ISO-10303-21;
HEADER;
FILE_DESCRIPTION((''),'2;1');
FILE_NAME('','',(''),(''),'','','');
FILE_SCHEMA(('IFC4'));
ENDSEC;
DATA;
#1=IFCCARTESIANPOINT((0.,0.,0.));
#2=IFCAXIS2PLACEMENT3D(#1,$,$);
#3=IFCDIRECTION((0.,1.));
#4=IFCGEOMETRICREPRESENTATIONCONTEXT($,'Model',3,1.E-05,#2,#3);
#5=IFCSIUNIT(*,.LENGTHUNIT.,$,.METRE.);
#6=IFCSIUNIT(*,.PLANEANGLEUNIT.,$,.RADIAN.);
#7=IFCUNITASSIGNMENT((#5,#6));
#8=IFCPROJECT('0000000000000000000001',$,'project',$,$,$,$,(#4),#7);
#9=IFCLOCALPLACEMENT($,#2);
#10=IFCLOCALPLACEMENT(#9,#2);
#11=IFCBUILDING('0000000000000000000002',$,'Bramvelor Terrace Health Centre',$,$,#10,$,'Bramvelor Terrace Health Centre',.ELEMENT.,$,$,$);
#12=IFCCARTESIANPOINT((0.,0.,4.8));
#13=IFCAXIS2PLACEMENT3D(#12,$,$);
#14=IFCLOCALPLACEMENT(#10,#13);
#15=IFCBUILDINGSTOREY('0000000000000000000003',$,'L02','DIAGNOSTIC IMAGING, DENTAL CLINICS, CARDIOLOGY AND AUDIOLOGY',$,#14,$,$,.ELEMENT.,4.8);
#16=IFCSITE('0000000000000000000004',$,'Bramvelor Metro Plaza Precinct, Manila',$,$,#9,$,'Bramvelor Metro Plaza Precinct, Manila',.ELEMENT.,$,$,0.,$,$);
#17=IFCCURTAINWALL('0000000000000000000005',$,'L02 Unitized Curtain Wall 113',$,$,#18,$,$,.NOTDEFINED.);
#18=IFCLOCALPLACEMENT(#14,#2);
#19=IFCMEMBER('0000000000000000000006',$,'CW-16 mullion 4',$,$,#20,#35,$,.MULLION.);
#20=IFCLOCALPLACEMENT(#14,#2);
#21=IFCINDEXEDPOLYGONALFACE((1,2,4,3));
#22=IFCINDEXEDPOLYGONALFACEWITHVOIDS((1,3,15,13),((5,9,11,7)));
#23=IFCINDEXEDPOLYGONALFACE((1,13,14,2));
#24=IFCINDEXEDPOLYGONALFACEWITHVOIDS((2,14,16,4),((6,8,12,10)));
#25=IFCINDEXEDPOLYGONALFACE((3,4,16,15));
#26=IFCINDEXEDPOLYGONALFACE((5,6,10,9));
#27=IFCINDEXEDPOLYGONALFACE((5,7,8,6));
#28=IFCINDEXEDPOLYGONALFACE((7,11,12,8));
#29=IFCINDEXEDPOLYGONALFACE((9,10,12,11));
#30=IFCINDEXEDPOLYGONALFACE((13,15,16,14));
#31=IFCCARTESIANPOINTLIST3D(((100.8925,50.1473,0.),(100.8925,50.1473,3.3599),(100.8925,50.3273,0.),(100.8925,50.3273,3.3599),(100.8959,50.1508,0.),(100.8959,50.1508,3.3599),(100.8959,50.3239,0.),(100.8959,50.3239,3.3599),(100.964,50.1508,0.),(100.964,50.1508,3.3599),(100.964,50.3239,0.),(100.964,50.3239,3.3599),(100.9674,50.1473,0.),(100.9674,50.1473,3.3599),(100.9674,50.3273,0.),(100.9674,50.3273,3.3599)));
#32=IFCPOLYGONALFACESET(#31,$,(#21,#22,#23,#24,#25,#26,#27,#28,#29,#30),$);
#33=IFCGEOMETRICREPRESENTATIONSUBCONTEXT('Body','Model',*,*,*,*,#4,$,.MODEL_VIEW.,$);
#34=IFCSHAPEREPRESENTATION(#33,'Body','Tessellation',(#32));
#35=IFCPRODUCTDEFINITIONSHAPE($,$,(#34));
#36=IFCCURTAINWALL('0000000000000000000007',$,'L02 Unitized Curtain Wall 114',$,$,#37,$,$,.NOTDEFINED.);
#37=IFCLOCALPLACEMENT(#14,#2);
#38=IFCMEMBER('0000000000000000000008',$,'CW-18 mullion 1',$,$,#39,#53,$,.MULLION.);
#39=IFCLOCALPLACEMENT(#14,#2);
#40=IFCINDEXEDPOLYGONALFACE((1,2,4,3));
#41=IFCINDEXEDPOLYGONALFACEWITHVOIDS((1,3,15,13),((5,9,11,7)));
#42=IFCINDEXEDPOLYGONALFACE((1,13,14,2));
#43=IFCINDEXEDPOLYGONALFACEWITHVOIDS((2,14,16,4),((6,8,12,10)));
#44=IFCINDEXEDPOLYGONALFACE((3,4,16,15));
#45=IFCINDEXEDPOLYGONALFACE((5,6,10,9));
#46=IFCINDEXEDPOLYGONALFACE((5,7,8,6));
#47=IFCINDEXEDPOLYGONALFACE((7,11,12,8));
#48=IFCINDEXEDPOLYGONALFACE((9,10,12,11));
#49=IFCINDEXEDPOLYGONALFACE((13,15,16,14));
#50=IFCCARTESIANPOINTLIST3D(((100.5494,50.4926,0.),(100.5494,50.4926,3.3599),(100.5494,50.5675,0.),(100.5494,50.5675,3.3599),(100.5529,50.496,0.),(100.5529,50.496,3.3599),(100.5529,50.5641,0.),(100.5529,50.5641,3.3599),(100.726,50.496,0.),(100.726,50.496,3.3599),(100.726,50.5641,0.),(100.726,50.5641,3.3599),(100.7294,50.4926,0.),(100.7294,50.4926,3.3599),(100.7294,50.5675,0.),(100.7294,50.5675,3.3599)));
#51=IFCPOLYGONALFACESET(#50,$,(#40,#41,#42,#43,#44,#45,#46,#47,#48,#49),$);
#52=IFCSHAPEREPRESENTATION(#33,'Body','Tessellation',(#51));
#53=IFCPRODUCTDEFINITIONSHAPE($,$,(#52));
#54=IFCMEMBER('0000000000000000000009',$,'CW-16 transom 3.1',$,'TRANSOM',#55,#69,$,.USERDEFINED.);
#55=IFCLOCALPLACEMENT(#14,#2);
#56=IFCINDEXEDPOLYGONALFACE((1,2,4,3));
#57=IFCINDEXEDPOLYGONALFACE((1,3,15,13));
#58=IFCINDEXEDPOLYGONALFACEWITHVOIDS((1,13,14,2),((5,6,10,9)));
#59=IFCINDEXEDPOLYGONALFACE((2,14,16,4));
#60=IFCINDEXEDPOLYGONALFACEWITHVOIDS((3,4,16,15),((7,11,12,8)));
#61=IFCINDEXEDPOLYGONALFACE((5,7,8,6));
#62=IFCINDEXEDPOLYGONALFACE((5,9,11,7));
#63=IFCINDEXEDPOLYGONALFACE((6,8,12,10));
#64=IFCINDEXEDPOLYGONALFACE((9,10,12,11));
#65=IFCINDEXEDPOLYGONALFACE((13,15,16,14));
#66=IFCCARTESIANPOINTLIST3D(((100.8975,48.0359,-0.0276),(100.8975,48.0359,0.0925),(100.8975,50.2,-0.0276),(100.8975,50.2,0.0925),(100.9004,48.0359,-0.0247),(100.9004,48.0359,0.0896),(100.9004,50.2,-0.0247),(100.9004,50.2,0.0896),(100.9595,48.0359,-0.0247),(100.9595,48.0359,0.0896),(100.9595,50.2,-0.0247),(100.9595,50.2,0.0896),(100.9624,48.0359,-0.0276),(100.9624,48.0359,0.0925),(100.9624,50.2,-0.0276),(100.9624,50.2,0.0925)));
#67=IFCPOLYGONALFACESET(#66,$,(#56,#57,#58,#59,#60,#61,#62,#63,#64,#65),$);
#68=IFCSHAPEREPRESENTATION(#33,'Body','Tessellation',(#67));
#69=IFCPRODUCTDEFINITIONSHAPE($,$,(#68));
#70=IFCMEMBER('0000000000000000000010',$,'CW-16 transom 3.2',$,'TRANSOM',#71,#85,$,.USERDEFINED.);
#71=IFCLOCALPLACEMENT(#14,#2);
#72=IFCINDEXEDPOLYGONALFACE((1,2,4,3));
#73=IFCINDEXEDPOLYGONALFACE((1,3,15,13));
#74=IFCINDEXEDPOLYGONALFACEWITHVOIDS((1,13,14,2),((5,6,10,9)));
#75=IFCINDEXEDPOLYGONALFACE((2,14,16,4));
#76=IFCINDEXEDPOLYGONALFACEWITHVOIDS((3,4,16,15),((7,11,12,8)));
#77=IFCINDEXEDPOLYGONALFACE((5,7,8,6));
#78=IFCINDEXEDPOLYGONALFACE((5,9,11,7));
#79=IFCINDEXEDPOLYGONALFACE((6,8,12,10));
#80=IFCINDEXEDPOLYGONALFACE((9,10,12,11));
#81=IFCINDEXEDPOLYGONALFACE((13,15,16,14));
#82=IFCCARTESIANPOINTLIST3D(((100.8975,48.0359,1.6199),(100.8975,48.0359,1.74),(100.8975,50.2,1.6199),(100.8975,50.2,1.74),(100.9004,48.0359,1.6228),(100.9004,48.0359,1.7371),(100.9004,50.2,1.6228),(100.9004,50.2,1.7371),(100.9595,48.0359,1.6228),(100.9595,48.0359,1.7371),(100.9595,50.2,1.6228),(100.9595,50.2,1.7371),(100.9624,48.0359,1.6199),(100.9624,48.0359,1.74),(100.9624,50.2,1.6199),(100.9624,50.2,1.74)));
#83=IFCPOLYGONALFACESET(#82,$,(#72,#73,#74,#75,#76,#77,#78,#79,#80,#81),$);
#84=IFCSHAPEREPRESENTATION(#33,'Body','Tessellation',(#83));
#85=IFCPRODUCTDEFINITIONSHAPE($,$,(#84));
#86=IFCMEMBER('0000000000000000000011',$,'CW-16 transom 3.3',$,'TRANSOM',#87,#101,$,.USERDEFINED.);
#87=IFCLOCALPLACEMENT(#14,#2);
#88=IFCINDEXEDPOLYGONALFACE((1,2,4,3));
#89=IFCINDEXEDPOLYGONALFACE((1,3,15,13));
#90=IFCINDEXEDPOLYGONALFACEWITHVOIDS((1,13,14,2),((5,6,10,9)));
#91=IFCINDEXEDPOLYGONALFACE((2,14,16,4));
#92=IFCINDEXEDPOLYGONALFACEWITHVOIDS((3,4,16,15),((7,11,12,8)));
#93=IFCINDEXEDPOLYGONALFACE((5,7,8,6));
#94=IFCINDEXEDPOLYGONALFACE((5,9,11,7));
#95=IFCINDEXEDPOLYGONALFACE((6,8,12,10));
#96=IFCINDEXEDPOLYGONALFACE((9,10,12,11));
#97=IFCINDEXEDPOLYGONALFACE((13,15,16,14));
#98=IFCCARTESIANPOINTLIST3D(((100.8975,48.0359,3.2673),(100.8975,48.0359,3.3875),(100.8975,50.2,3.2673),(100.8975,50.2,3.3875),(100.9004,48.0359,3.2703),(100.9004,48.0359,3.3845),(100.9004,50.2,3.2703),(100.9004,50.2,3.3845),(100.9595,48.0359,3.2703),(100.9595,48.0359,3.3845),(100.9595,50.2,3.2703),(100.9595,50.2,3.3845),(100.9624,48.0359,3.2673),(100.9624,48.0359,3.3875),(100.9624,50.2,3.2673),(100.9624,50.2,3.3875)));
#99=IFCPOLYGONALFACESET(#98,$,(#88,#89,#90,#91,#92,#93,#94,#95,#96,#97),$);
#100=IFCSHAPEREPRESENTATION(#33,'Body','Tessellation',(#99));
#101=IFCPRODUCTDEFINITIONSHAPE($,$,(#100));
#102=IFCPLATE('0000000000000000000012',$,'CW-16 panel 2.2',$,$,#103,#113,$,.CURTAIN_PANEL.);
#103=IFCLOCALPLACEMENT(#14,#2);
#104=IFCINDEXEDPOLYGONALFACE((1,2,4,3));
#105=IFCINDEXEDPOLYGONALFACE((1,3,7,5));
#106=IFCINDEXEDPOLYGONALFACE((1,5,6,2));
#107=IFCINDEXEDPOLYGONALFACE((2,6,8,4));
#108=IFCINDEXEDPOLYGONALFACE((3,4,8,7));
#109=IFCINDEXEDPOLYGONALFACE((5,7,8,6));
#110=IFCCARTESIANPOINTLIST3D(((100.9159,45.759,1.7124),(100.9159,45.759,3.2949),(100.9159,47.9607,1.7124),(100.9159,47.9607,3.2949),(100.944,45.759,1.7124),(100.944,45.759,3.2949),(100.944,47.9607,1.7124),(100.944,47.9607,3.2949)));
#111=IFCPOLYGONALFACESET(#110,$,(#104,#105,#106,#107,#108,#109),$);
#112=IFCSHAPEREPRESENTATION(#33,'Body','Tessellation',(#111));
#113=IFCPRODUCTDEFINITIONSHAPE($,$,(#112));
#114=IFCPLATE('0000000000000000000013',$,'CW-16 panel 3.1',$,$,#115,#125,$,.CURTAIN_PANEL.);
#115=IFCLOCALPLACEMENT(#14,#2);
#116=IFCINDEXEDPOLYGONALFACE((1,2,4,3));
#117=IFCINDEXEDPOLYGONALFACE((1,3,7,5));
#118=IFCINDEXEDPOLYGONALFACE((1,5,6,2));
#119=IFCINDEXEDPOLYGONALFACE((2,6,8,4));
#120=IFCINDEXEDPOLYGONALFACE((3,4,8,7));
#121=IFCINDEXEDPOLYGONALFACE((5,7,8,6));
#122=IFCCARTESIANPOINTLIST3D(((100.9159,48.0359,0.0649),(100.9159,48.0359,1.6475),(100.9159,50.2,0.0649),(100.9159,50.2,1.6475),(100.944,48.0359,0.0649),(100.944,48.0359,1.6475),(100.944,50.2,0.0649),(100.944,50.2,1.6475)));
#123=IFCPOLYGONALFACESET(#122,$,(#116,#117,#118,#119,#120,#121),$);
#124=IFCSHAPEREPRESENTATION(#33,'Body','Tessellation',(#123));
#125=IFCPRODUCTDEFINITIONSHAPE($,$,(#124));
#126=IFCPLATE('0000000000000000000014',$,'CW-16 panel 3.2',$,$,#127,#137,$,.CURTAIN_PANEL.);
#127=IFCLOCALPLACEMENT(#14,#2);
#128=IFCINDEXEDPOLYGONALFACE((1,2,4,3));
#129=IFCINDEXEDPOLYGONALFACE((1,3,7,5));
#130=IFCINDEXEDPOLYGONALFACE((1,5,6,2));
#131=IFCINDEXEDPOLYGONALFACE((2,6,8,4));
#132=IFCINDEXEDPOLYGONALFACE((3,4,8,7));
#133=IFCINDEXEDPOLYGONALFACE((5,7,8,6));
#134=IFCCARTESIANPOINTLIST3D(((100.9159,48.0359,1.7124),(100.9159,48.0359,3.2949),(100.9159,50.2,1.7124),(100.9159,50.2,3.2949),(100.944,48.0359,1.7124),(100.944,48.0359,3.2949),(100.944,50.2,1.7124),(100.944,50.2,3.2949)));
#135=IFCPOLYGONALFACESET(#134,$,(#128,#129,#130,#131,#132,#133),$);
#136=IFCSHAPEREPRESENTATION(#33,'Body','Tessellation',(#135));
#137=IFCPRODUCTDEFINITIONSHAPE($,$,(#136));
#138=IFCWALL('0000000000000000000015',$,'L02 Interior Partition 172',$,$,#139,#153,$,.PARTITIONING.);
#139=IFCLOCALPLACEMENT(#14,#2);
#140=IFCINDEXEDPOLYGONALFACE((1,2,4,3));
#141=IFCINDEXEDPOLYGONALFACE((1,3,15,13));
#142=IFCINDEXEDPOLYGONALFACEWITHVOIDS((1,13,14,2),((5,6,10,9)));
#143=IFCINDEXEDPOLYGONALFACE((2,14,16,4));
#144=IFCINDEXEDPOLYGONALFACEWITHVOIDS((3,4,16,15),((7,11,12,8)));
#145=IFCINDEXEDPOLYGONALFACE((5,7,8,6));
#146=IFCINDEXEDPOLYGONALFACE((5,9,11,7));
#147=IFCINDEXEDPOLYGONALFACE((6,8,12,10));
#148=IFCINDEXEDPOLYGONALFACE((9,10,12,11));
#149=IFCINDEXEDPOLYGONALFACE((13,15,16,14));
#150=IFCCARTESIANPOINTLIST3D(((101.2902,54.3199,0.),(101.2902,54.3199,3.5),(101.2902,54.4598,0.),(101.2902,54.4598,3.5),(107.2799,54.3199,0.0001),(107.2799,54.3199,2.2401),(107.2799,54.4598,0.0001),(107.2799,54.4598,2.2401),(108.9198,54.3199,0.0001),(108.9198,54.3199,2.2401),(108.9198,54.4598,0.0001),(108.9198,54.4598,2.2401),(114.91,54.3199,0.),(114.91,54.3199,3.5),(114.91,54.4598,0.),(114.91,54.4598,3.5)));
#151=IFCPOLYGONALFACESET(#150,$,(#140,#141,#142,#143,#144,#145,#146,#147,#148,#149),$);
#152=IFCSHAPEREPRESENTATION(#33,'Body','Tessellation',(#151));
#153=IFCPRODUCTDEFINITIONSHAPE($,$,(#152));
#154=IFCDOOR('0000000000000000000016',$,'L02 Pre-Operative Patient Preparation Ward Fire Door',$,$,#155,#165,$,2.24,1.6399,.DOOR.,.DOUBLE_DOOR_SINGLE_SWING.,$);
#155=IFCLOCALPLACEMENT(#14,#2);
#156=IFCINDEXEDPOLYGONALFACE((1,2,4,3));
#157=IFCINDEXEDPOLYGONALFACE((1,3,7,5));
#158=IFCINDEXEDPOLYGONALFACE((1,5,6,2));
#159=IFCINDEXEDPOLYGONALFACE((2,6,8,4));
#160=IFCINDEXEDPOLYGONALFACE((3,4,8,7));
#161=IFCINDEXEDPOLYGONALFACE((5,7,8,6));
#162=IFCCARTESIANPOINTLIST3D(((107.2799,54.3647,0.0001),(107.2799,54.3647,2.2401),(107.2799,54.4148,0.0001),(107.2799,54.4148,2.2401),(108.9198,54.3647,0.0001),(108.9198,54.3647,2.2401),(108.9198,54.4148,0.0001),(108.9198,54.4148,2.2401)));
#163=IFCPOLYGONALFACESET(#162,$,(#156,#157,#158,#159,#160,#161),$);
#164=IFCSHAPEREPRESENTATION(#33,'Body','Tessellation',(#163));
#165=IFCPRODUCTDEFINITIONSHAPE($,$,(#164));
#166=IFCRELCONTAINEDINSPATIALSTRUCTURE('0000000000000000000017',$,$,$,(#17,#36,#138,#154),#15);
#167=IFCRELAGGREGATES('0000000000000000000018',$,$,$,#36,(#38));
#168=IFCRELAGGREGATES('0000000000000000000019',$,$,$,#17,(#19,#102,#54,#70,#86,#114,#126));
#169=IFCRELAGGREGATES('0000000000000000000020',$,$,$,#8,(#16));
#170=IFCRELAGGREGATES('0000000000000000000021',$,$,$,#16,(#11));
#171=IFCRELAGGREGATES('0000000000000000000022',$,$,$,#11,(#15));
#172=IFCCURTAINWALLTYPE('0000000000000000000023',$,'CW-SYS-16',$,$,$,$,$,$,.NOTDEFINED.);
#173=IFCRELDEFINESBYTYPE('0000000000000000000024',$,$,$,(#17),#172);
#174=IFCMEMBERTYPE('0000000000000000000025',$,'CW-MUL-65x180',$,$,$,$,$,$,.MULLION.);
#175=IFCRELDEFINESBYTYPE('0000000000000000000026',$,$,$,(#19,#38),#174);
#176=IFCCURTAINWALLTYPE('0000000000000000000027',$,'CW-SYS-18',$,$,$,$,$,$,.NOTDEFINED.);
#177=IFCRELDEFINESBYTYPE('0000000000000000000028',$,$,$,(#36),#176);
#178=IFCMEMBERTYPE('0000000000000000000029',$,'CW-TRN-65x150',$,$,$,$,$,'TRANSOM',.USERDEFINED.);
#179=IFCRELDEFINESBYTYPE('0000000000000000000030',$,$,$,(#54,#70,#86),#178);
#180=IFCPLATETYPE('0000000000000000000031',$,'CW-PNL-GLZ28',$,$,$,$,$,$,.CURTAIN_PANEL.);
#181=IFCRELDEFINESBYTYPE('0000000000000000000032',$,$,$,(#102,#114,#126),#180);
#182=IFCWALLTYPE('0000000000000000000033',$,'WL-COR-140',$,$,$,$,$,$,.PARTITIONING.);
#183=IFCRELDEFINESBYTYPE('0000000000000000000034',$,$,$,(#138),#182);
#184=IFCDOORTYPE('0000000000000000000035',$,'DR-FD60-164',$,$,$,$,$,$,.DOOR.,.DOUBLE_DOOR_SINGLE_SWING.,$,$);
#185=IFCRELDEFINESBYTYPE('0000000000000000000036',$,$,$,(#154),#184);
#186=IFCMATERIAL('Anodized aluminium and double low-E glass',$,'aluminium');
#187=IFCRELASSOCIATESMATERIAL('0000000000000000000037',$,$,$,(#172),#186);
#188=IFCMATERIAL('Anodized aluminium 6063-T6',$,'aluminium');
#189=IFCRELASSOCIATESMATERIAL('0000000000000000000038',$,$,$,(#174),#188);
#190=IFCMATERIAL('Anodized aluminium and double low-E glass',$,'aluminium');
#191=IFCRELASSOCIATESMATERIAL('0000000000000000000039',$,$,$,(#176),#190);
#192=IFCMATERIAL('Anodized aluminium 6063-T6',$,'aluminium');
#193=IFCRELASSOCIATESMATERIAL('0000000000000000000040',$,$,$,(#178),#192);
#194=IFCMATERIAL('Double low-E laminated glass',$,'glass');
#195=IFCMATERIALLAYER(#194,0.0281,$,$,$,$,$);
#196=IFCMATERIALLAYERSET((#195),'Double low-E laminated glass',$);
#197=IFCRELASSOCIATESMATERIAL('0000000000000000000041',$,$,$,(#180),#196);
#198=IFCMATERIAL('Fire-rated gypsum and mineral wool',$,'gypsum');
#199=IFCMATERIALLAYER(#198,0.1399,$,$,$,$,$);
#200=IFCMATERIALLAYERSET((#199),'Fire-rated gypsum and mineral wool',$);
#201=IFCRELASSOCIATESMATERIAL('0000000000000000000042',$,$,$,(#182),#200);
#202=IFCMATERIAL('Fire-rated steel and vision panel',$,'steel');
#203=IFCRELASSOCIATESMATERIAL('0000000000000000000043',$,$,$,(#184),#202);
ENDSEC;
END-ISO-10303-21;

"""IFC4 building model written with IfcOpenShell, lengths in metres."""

from ifc_helpers import new_model, si_unit, direction, frame, frame_2d, origin, origin_2d, place, context, subcontext, project, spatial, rectangle, hollow_rectangle, extrude, material, layer, layer_set, material_profile, profile_set, type_object, element, fill, aggregate, save


model = new_model("IFC4")

# Units and contexts
model_context = context("Model", 3, precision=1e-05, world=origin(), true_north=direction((0.0, 1.0)))
body_context = subcontext(model_context, "Body", "Model", "MODEL_VIEW")
ifc_project = project(units=[si_unit("LENGTHUNIT", "METRE"), si_unit("PLANEANGLEUNIT", "RADIAN")], contexts=[model_context])

# Site, building, storey
site_placement = place(None, origin())
site = spatial("IfcSite", under=ifc_project, at=site_placement, Name="Bramvelor Metro Plaza Precinct, Manila", LongName="Bramvelor Metro Plaza Precinct, Manila", CompositionType="ELEMENT", RefElevation=0.0)
building_placement = place(site_placement, origin())
building = spatial("IfcBuilding", under=site, at=building_placement, Name="Bramvelor Terrace Health Centre", LongName="Bramvelor Terrace Health Centre", CompositionType="ELEMENT")
storey_placement = place(building_placement, frame((0.0, 0.0, 4.8)))
storey = spatial("IfcBuildingStorey", under=building, at=storey_placement, Name="L02", Description="DIAGNOSTIC IMAGING, DENTAL CLINICS, CARDIOLOGY AND AUDIOLOGY", CompositionType="ELEMENT", Elevation=4.8)

# Curtain wall, member
ifc_material_1 = material(Name="Anodized aluminium and double low-E glass", Category="aluminium")
curtain_wall_type_1 = type_object("IfcCurtainWallType", Name="CW-SYS-16", PredefinedType="NOTDEFINED", material=ifc_material_1)
curtain_wall_1_placement = place(storey_placement, origin())
curtain_wall_1 = element("IfcCurtainWall", 1, at=curtain_wall_1_placement, inside=storey, type_object=curtain_wall_type_1, Name="L02 Unitized Curtain Wall 113", PredefinedType="NOTDEFINED")
ifc_material_2 = material(Name="Anodized aluminium 6063-T6", Category="aluminium")
ifc_material_profile_1 = material_profile(ifc_material_2, hollow_rectangle(XDim=0.075, YDim=0.1799, WallThickness=0.0034, at=origin_2d()), Name="ALU-MUL 75x180x3.5")
ifc_profile_set_1 = profile_set([ifc_material_profile_1], Name="Anodized aluminium 6063-T6")
member_type_1 = type_object("IfcMemberType", Name="CW-MUL-65x180", PredefinedType="MULLION", material=ifc_profile_set_1)
member_1_placement = place(storey_placement, frame((100.9299, 50.2373, 0.0), z_axis=(0.0, 0.0, 1.0), x_axis=(-1.0, 0.0, 0.0)))
member_1 = element("IfcMember", 2, at=member_1_placement, type_object=member_type_1, Name="CW-16 mullion 4", PredefinedType="MULLION", context=body_context, shape_type="SweptSolid", body=[
    extrude(hollow_rectangle(XDim=0.075, YDim=0.1799, WallThickness=0.0034, at=origin_2d()), origin(), (0.0, 0.0, 1.0), 3.3599),
])

# Curtain wall, member
ifc_material_3 = material(Name="Anodized aluminium and double low-E glass", Category="aluminium")
curtain_wall_type_2 = type_object("IfcCurtainWallType", Name="CW-SYS-18", PredefinedType="NOTDEFINED", material=ifc_material_3)
curtain_wall_2_placement = place(storey_placement, origin())
curtain_wall_2 = element("IfcCurtainWall", 3, at=curtain_wall_2_placement, inside=storey, type_object=curtain_wall_type_2, Name="L02 Unitized Curtain Wall 114", PredefinedType="NOTDEFINED")
member_2_placement = place(storey_placement, frame((100.6394, 50.53, 0.0), z_axis=(0.0, 0.0, 1.0), x_axis=(0.0, -1.0, 0.0)))
member_2 = element("IfcMember", 4, at=member_2_placement, type_object=member_type_1, Name="CW-18 mullion 1", PredefinedType="MULLION", context=body_context, shape_type="SweptSolid", body=[
    extrude(hollow_rectangle(XDim=0.075, YDim=0.1799, WallThickness=0.0034, at=origin_2d()), origin(), (0.0, 0.0, 1.0), 3.3599),
])
aggregate(curtain_wall_2, [member_2])

# Members
ifc_material_4 = material(Name="Anodized aluminium 6063-T6", Category="aluminium")
ifc_material_profile_2 = material_profile(ifc_material_4, hollow_rectangle(XDim=0.0649, YDim=0.1201, WallThickness=0.0029, at=origin_2d()), Name="ALU-TRN 65x120x3.0")
ifc_profile_set_2 = profile_set([ifc_material_profile_2], Name="Anodized aluminium 6063-T6")
member_type_2 = type_object("IfcMemberType", Name="CW-TRN-65x150", ElementType="TRANSOM", PredefinedType="USERDEFINED", material=ifc_profile_set_2)
member_3_placement = place(storey_placement, frame((100.9299, 48.0359, 0.0325), z_axis=(0.0, 1.0, 0.0), x_axis=(-1.0, 0.0, 0.0)))
member_3 = element("IfcMember", 5, at=member_3_placement, type_object=member_type_2, Name="CW-16 transom 3.1", ObjectType="TRANSOM", PredefinedType="USERDEFINED", context=body_context, shape_type="SweptSolid", body=[
    extrude(hollow_rectangle(XDim=0.0649, YDim=0.1201, WallThickness=0.0029, at=origin_2d()), origin(), (0.0, 0.0, 1.0), 2.1641),
])
member_4_placement = place(storey_placement, frame((100.9299, 48.0359, 1.6799), z_axis=(0.0, 1.0, 0.0), x_axis=(-1.0, 0.0, 0.0)))
member_4 = element("IfcMember", 6, at=member_4_placement, type_object=member_type_2, Name="CW-16 transom 3.2", ObjectType="TRANSOM", PredefinedType="USERDEFINED", context=body_context, shape_type="SweptSolid", body=[
    extrude(hollow_rectangle(XDim=0.0649, YDim=0.1201, WallThickness=0.0029, at=origin_2d()), origin(), (0.0, 0.0, 1.0), 2.1641),
])
member_5_placement = place(storey_placement, frame((100.9299, 48.0359, 3.3274), z_axis=(0.0, 1.0, 0.0), x_axis=(-1.0, 0.0, 0.0)))
member_5 = element("IfcMember", 7, at=member_5_placement, type_object=member_type_2, Name="CW-16 transom 3.3", ObjectType="TRANSOM", PredefinedType="USERDEFINED", context=body_context, shape_type="SweptSolid", body=[
    extrude(hollow_rectangle(XDim=0.0649, YDim=0.1201, WallThickness=0.0029, at=origin_2d()), origin(), (0.0, 0.0, 1.0), 2.1641),
])

# Plates
ifc_material_5 = material(Name="Double low-E laminated glass", Category="glass")
ifc_layer_1 = layer(ifc_material_5, 0.0281)
ifc_layer_set_1 = layer_set([ifc_layer_1], Name="Double low-E laminated glass")
plate_type = type_object("IfcPlateType", Name="CW-PNL-GLZ28", PredefinedType="CURTAIN_PANEL", material=ifc_layer_set_1)
plate_1_placement = place(storey_placement, frame((100.9299, 46.8599, 1.7124), z_axis=(0.0, 0.0, 1.0), x_axis=(0.0, 1.0, 0.0)))
plate_1 = element("IfcPlate", 8, at=plate_1_placement, type_object=plate_type, Name="CW-16 panel 2.2", PredefinedType="CURTAIN_PANEL", context=body_context, shape_type="SweptSolid", body=[
    extrude(rectangle(XDim=2.2017, YDim=0.0281, at=origin_2d()), origin(), (0.0, 0.0, 1.0), 1.5825),
])
plate_2_placement = place(storey_placement, frame((100.9299, 49.1179, 0.0649), z_axis=(0.0, 0.0, 1.0), x_axis=(0.0, 1.0, 0.0)))
plate_2 = element("IfcPlate", 9, at=plate_2_placement, type_object=plate_type, Name="CW-16 panel 3.1", PredefinedType="CURTAIN_PANEL", context=body_context, shape_type="SweptSolid", body=[
    extrude(rectangle(XDim=2.1641, YDim=0.0281, at=origin_2d()), origin(), (0.0, 0.0, 1.0), 1.5825),
])
plate_3_placement = place(storey_placement, frame((100.9299, 49.1179, 1.7124), z_axis=(0.0, 0.0, 1.0), x_axis=(0.0, 1.0, 0.0)))
plate_3 = element("IfcPlate", 10, at=plate_3_placement, type_object=plate_type, Name="CW-16 panel 3.2", PredefinedType="CURTAIN_PANEL", context=body_context, shape_type="SweptSolid", body=[
    extrude(rectangle(XDim=2.1641, YDim=0.0281, at=origin_2d()), origin(), (0.0, 0.0, 1.0), 1.5825),
])
aggregate(curtain_wall_1, [member_1, plate_1, member_3, member_4, member_5, plate_2, plate_3])

# Wall, opening, door
ifc_material_6 = material(Name="Fire-rated gypsum and mineral wool", Category="gypsum")
ifc_layer_2 = layer(ifc_material_6, 0.1399)
ifc_layer_set_2 = layer_set([ifc_layer_2], Name="Fire-rated gypsum and mineral wool")
wall_type = type_object("IfcWallType", Name="WL-COR-140", PredefinedType="PARTITIONING", material=ifc_layer_set_2)
wall_placement = place(storey_placement, frame((101.29, 54.3899, 0.0), z_axis=(0.0, 0.0, 1.0), x_axis=(1.0, 0.0, 0.0)))
wall = element("IfcWall", 11, at=wall_placement, inside=storey, type_object=wall_type, Name="L02 Interior Partition 172", PredefinedType="PARTITIONING", context=body_context, shape_type="SweptSolid", body=[
    extrude(rectangle(XDim=13.6199, YDim=0.1399, at=frame_2d((6.8101, 0.0))), origin(), (0.0, 0.0, 1.0), 3.5),
])
opening_placement = place(wall_placement, frame((5.99, 0.0, 0.0)))
opening = element("IfcOpeningElement", 12, at=opening_placement, cuts=wall, PredefinedType="OPENING", context=body_context, shape_type="SweptSolid", body=[
    extrude(rectangle(XDim=1.6399, YDim=2.24, at=frame_2d((0.8198, 1.1201))), frame((0.0, 0.0798, 0.0), z_axis=(0.0, -1.0, 0.0), x_axis=(1.0, 0.0, 0.0)), (0.0, 0.0, 1.0), 0.1599),
])
ifc_material_7 = material(Name="Fire-rated steel and vision panel", Category="steel")
door_type = type_object("IfcDoorType", Name="DR-FD60-164", OperationType="DOUBLE_DOOR_SINGLE_SWING", PredefinedType="DOOR", material=ifc_material_7)
door_placement = place(opening_placement, origin())
door = element("IfcDoor", 13, at=door_placement, inside=storey, type_object=door_type, Name="L02 Pre-Operative Patient Preparation Ward Fire Door", OperationType="DOUBLE_DOOR_SINGLE_SWING", OverallHeight=2.24, OverallWidth=1.6399, PredefinedType="DOOR", context=body_context, shape_type="SweptSolid", body=[
    extrude(rectangle(XDim=1.6399, YDim=2.24, at=frame_2d((0.8198, 1.1201))), frame((0.0, 0.0249, 0.0), z_axis=(0.0, -1.0, 0.0), x_axis=(1.0, 0.0, 0.0)), (0.0, 0.0, 1.0), 0.05),
])
fill(opening, door)

save(model, "model.ifc")
